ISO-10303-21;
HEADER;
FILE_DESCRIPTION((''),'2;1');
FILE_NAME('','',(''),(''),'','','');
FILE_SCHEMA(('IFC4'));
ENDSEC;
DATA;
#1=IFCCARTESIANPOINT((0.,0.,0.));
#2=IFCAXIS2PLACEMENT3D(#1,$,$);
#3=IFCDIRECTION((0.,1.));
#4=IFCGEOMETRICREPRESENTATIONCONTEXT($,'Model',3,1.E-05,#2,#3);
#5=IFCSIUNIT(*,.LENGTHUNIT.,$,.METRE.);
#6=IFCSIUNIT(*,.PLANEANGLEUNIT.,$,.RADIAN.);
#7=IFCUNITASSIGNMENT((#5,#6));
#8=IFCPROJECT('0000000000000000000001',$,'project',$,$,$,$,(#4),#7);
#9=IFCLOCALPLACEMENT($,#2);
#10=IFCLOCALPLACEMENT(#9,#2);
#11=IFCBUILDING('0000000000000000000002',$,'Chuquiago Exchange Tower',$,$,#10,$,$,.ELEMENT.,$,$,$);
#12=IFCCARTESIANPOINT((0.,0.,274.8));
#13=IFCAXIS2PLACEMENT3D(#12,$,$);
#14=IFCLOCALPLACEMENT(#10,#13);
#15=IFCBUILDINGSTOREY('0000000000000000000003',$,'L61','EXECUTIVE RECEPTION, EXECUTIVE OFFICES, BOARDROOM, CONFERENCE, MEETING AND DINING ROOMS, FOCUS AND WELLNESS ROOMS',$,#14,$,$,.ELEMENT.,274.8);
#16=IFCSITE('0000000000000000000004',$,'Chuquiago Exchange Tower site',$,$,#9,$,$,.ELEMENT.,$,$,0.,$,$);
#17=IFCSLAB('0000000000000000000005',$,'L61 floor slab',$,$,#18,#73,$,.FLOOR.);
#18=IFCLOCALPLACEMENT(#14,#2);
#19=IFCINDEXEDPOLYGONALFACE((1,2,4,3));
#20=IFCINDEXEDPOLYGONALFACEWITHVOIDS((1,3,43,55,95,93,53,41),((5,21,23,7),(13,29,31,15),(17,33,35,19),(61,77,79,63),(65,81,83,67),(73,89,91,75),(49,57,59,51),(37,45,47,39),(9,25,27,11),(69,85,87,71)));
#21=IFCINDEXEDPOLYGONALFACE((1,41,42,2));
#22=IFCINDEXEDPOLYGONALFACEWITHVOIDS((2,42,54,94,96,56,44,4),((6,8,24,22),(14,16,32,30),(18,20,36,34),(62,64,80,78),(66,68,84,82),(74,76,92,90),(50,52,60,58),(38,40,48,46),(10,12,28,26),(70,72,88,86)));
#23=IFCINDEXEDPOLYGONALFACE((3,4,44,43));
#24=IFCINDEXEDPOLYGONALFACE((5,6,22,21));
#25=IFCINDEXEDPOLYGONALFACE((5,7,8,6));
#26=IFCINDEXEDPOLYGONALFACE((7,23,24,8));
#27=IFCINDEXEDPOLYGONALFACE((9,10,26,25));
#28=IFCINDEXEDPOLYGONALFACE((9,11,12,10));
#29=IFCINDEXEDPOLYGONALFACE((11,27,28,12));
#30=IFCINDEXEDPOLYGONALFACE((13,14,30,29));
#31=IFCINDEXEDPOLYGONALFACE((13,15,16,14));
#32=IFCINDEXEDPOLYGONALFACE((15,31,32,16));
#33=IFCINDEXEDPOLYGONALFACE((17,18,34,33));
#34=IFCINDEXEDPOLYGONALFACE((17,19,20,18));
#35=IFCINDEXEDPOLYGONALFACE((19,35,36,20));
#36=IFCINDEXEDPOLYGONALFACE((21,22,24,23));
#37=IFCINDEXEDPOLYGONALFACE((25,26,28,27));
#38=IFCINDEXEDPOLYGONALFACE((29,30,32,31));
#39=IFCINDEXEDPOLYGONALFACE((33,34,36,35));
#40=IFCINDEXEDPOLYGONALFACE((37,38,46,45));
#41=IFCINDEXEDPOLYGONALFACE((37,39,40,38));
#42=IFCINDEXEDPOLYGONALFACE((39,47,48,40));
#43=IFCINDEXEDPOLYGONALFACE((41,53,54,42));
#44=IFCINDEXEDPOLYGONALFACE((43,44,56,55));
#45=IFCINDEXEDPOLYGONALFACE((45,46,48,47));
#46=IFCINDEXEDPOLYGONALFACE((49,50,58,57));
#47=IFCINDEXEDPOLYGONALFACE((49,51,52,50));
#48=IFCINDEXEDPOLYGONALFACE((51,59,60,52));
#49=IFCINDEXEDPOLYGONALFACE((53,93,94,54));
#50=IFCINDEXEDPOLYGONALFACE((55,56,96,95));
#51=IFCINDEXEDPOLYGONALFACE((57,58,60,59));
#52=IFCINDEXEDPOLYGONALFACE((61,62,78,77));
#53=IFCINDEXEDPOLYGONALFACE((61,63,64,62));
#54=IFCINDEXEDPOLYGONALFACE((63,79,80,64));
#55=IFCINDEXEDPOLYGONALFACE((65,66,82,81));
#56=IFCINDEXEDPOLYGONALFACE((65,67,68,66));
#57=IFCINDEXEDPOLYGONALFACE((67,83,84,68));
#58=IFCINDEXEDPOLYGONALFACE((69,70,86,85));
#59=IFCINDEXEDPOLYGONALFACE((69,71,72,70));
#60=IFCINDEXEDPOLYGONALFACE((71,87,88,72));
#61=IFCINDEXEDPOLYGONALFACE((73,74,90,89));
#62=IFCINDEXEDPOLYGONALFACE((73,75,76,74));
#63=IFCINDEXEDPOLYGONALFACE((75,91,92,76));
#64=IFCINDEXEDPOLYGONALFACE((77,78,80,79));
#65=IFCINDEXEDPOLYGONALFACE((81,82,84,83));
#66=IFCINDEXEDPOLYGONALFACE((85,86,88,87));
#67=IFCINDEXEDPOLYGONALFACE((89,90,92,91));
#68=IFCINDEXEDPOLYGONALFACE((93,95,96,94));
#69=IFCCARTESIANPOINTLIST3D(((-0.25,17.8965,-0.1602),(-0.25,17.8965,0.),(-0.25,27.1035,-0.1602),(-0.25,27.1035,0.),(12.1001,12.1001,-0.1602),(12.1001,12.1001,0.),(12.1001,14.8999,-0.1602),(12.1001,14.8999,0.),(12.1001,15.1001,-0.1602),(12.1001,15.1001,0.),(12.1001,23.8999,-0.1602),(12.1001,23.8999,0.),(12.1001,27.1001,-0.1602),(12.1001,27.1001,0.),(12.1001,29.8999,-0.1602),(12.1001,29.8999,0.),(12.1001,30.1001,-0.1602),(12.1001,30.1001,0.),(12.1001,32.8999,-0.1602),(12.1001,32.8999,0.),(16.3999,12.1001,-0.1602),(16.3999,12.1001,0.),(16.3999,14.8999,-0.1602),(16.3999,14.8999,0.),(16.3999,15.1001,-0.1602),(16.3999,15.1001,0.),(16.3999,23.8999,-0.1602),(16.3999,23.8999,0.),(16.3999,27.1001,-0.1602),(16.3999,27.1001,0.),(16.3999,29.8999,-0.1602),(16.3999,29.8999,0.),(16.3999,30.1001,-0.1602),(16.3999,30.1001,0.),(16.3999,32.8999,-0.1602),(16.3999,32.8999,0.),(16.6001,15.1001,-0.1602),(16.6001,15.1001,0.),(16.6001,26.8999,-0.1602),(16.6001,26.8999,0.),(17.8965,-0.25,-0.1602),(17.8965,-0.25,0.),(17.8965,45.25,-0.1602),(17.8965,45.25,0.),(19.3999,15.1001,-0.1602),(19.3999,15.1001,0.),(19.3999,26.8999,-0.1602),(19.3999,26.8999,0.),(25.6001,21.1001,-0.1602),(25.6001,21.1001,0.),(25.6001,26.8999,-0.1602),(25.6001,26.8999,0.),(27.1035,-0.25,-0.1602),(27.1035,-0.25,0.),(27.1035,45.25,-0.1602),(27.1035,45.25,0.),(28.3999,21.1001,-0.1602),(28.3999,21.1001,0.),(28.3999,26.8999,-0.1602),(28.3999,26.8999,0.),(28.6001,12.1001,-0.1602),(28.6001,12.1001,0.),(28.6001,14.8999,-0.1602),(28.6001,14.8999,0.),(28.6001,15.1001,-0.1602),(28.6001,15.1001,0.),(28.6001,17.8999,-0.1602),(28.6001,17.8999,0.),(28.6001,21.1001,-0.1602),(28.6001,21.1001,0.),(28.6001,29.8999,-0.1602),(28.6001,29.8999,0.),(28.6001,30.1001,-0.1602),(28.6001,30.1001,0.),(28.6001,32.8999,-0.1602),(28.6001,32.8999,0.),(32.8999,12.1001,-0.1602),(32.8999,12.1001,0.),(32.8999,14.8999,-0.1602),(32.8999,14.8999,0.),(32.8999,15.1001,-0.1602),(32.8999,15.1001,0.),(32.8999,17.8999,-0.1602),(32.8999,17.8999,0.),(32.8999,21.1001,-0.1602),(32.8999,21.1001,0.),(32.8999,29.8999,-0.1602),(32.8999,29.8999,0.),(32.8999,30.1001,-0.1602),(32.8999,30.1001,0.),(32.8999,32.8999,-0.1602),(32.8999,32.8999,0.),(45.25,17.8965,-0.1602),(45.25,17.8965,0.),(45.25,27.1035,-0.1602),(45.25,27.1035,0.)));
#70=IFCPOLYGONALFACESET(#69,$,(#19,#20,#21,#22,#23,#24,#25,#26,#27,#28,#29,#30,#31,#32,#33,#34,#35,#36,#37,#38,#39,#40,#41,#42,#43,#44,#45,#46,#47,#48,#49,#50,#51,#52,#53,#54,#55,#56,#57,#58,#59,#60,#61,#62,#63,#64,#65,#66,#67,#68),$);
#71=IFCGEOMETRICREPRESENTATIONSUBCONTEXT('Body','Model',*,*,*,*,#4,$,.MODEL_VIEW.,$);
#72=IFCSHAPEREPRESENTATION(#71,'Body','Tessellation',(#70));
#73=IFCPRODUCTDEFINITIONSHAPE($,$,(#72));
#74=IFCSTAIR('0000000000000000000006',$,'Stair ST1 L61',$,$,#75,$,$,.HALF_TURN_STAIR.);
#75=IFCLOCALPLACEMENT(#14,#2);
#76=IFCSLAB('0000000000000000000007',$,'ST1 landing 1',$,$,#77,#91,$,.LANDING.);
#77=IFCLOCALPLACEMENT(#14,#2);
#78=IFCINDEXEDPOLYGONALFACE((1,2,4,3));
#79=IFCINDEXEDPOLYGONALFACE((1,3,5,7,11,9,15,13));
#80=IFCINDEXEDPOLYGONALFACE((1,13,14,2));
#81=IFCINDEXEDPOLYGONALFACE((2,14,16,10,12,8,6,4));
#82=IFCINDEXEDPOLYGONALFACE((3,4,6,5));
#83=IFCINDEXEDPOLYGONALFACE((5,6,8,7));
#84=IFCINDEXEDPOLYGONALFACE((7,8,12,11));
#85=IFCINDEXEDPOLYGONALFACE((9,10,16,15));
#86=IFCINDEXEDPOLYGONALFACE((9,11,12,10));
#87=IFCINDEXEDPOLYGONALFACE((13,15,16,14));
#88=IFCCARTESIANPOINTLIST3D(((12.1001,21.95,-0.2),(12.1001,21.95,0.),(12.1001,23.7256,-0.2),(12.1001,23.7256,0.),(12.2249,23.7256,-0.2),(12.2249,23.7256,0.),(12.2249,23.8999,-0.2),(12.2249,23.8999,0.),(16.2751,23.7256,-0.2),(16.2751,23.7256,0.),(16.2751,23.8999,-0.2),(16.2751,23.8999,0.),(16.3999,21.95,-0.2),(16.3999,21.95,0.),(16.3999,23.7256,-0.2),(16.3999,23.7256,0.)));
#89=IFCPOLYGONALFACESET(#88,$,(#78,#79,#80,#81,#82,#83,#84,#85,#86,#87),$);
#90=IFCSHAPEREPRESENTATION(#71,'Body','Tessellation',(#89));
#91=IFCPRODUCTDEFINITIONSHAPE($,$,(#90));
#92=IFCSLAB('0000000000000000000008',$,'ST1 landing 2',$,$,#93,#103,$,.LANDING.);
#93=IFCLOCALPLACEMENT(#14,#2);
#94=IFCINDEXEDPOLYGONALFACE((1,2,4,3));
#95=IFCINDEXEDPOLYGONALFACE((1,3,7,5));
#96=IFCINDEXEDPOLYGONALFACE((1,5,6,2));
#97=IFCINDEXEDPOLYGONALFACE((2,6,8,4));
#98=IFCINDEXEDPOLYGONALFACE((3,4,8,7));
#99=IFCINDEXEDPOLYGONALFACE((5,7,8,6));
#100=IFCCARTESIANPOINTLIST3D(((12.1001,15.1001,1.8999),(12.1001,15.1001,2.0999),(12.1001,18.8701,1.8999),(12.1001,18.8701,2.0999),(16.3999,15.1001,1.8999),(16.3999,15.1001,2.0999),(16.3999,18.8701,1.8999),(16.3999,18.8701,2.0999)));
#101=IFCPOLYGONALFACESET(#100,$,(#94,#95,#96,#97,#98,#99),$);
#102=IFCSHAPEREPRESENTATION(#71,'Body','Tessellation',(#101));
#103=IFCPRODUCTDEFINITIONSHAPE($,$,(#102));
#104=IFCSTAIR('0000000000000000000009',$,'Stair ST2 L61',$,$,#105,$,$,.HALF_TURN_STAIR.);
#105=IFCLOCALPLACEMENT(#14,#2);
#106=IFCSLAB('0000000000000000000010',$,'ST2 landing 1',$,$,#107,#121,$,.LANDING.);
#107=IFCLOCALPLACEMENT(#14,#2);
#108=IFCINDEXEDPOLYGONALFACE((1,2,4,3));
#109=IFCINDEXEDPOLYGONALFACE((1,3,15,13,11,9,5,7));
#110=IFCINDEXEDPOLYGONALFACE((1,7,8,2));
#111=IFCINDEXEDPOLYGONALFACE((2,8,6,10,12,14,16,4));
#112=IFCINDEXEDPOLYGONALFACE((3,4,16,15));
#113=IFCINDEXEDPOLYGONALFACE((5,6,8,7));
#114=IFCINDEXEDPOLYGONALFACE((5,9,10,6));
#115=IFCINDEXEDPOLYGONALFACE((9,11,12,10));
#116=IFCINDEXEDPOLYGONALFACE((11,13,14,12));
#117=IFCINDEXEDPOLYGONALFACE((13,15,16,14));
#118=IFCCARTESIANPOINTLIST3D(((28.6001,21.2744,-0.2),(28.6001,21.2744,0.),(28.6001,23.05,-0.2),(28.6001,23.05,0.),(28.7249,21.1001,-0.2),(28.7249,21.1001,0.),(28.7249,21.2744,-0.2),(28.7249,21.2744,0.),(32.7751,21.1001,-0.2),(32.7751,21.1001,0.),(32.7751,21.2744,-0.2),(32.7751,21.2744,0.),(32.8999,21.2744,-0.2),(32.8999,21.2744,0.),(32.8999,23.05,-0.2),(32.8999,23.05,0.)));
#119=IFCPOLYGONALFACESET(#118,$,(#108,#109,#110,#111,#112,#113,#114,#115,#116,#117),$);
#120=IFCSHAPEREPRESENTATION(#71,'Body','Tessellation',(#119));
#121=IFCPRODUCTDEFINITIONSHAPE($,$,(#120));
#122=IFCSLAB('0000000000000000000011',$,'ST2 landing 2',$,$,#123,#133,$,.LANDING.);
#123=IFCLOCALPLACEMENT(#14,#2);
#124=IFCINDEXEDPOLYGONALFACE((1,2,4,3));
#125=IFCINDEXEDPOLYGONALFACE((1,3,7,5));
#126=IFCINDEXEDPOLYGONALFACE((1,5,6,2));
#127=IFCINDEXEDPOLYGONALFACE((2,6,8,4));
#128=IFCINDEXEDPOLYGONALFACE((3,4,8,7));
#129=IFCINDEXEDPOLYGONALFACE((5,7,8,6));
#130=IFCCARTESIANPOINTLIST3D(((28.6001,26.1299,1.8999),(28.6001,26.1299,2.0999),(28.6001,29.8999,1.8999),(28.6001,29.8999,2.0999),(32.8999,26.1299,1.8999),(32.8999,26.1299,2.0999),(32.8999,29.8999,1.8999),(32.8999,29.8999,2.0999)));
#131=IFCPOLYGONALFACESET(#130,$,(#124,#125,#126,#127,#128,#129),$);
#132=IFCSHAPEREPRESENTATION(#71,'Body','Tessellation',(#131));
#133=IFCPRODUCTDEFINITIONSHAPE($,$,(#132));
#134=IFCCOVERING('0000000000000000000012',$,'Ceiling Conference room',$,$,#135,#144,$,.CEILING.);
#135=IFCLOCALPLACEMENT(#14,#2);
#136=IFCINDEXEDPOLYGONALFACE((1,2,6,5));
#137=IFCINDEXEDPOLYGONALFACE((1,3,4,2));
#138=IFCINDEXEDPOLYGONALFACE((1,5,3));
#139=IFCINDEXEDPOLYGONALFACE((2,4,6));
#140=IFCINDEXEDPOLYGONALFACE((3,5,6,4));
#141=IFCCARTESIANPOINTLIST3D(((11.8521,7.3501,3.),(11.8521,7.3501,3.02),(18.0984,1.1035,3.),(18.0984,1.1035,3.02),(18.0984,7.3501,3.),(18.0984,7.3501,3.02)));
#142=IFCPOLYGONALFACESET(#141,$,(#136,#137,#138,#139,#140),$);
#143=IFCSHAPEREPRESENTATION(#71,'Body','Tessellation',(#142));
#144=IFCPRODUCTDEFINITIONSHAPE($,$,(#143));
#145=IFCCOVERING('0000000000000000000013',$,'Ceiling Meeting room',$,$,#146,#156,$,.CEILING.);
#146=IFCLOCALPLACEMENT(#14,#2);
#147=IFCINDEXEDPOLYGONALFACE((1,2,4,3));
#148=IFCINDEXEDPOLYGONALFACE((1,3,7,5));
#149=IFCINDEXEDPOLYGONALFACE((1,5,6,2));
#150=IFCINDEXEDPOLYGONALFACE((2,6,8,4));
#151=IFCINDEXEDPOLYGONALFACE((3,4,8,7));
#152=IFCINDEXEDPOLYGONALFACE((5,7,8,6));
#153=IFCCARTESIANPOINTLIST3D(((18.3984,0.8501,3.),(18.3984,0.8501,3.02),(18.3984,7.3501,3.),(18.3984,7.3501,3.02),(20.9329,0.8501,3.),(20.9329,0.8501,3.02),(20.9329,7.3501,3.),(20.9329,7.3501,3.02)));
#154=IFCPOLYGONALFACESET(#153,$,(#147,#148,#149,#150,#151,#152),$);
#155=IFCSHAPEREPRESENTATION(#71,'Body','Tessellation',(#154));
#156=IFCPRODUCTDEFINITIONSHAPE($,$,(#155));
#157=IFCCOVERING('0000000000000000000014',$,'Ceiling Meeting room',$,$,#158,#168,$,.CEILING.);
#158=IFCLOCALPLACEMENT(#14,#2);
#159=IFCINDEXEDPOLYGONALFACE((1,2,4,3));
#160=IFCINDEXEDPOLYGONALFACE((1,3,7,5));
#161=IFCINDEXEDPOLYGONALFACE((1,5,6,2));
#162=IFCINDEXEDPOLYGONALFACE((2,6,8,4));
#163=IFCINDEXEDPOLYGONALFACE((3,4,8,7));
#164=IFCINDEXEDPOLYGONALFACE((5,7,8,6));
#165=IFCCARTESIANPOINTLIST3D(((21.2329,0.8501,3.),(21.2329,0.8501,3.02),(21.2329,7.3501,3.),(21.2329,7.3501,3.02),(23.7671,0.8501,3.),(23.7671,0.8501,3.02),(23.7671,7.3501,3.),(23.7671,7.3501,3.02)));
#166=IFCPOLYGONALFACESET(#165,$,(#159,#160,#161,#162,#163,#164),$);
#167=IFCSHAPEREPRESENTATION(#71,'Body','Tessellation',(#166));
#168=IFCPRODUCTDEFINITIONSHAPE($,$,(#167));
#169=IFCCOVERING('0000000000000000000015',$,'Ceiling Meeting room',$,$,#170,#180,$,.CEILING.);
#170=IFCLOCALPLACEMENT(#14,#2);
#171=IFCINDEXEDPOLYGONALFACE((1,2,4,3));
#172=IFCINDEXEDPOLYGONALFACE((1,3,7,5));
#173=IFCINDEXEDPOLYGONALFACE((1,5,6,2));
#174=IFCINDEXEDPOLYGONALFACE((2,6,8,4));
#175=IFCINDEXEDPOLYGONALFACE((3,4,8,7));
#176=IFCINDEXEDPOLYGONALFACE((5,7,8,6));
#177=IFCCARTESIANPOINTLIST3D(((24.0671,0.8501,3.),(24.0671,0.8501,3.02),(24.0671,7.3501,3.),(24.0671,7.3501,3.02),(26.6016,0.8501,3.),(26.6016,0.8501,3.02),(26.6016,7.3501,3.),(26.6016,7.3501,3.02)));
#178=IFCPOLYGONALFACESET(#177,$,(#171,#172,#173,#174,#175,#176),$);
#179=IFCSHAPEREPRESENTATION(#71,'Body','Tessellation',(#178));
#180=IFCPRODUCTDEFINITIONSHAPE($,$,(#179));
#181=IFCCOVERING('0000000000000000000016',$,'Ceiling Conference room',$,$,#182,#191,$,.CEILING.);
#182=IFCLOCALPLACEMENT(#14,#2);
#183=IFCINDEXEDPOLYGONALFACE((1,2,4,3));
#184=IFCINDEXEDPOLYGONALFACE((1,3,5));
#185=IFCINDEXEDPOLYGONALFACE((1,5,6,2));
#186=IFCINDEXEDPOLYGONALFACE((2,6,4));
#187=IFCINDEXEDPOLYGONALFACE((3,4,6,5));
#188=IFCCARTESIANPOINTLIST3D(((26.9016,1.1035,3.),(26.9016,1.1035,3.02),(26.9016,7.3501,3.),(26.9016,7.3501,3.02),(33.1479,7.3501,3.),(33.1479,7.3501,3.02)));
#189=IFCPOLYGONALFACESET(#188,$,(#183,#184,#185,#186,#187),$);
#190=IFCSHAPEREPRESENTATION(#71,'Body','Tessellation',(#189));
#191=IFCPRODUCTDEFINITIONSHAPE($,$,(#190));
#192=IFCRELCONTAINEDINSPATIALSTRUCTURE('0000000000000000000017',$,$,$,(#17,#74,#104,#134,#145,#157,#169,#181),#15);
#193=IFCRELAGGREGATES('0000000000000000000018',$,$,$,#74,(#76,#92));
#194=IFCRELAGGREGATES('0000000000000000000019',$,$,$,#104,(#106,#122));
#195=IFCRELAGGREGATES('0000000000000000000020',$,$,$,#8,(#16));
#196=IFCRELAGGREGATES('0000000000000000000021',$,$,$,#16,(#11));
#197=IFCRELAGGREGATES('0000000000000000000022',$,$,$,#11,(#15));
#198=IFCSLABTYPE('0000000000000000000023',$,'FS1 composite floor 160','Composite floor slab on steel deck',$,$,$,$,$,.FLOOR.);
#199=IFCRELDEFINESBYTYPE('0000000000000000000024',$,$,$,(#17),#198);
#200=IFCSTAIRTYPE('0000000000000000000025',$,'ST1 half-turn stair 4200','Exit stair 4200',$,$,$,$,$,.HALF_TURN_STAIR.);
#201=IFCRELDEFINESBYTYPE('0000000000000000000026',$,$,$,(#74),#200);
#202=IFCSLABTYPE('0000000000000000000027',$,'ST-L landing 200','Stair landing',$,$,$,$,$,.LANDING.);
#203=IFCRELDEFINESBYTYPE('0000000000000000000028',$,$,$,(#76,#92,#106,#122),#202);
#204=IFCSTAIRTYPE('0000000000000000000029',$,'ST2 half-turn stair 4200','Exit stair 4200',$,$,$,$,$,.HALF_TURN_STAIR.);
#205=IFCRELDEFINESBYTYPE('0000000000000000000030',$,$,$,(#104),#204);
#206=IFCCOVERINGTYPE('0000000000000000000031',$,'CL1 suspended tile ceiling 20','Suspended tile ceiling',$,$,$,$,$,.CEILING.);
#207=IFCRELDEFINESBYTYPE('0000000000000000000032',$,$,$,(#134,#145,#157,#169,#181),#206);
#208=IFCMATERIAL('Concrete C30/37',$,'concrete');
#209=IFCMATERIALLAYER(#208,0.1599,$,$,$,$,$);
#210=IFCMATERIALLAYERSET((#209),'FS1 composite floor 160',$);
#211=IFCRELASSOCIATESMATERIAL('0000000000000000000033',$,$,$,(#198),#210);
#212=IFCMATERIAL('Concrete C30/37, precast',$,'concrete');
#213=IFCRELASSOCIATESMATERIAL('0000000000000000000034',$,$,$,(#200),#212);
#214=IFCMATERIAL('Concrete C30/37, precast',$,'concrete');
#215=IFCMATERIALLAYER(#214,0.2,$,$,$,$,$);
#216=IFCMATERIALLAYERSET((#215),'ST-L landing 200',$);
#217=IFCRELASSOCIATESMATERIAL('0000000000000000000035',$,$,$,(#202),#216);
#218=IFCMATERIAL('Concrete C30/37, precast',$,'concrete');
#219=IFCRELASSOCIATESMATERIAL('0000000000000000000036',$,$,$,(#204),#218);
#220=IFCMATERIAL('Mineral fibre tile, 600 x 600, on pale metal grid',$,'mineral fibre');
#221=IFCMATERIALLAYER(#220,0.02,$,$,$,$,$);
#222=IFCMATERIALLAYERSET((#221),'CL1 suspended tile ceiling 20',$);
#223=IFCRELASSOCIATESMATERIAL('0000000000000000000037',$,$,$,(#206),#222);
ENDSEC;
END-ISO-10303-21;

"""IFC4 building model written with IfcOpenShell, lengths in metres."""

from ifc_helpers import new_model, si_unit, direction, frame, origin, place, context, subcontext, project, spatial, polyline, outline, extrude, material, layer, layer_set, type_object, element, aggregate, save


model = new_model("IFC4")

# Units and contexts
model_context = context("Model", 3, precision=1e-05, world=origin(), true_north=direction((0.0, 1.0)))
body_context = subcontext(model_context, "Body", "Model", "MODEL_VIEW")
ifc_project = project(units=[si_unit("LENGTHUNIT", "METRE"), si_unit("PLANEANGLEUNIT", "RADIAN")], contexts=[model_context])

# Site, building, storey
site_placement = place(None, origin())
site = spatial("IfcSite", under=ifc_project, at=site_placement, Name="Chuquiago Exchange Tower site", CompositionType="ELEMENT", RefElevation=0.0)
building_placement = place(site_placement, origin())
building = spatial("IfcBuilding", under=site, at=building_placement, Name="Chuquiago Exchange Tower", CompositionType="ELEMENT")
storey_placement = place(building_placement, frame((0.0, 0.0, 274.8)))
storey = spatial("IfcBuildingStorey", under=building, at=storey_placement, Name="L61", Description="EXECUTIVE RECEPTION, EXECUTIVE OFFICES, BOARDROOM, CONFERENCE, MEETING AND DINING ROOMS, FOCUS AND WELLNESS ROOMS", CompositionType="ELEMENT", Elevation=274.8)

# Slab
ifc_material_1 = material(Name="Concrete C30/37", Category="concrete")
ifc_layer_1 = layer(ifc_material_1, 0.1599)
ifc_layer_set_1 = layer_set([ifc_layer_1], Name="FS1 composite floor 160")
slab_type_1 = type_object("IfcSlabType", Name="FS1 composite floor 160", Description="Composite floor slab on steel deck", PredefinedType="FLOOR", material=ifc_layer_set_1)
slab_1_placement = place(storey_placement, frame((0.0, 0.0, -0.1602)))
element("IfcSlab", 1, at=slab_1_placement, inside=storey, type_object=slab_type_1, Name="L61 floor slab", PredefinedType="FLOOR", context=body_context, shape_type="SweptSolid", body=[
    extrude(outline(polyline([(17.8965, -0.25), (-0.25, 17.8965), (-0.25, 27.1035), (17.8965, 45.25), (27.1035, 45.25), (45.25, 27.1035), (45.25, 17.8965), (27.1035, -0.25), (17.8965, -0.25)]), holes=[polyline([(16.3999, 15.1001), (12.1001, 15.1001), (12.1001, 23.8999), (16.3999, 23.8999), (16.3999, 15.1001)]), polyline([(32.8999, 21.1001), (28.6001, 21.1001), (28.6001, 29.8999), (32.8999, 29.8999), (32.8999, 21.1001)]), polyline([(16.3999, 12.1001), (12.1001, 12.1001), (12.1001, 14.8999), (16.3999, 14.8999), (16.3999, 12.1001)]), polyline([(16.3999, 30.1001), (12.1001, 30.1001), (12.1001, 32.8999), (16.3999, 32.8999), (16.3999, 30.1001)]), polyline([(32.8999, 12.1001), (28.6001, 12.1001), (28.6001, 14.8999), (32.8999, 14.8999), (32.8999, 12.1001)]), polyline([(32.8999, 30.1001), (28.6001, 30.1001), (28.6001, 32.8999), (32.8999, 32.8999), (32.8999, 30.1001)]), polyline([(16.3999, 27.1001), (12.1001, 27.1001), (12.1001, 29.8999), (16.3999, 29.8999), (16.3999, 27.1001)]), polyline([(32.8999, 15.1001), (28.6001, 15.1001), (28.6001, 17.8999), (32.8999, 17.8999), (32.8999, 15.1001)]), polyline([(19.3999, 15.1001), (16.6001, 15.1001), (16.6001, 26.8999), (19.3999, 26.8999), (19.3999, 15.1001)]), polyline([(28.3999, 21.1001), (25.6001, 21.1001), (25.6001, 26.8999), (28.3999, 26.8999), (28.3999, 21.1001)])]), origin(), (0.0, 0.0, 1.0), 0.1602),
])

# Stairs, slabs
ifc_material_2 = material(Name="Concrete C30/37, precast", Category="concrete")
stair_type_1 = type_object("IfcStairType", Name="ST1 half-turn stair 4200", Description="Exit stair 4200", PredefinedType="HALF_TURN_STAIR", material=ifc_material_2)
stair_1_placement = place(storey_placement, origin())
stair_1 = element("IfcStair", 2, at=stair_1_placement, inside=storey, type_object=stair_type_1, Name="Stair ST1 L61", PredefinedType="HALF_TURN_STAIR")
ifc_material_3 = material(Name="Concrete C30/37, precast", Category="concrete")
ifc_layer_2 = layer(ifc_material_3, 0.2)
ifc_layer_set_2 = layer_set([ifc_layer_2], Name="ST-L landing 200")
slab_type_2 = type_object("IfcSlabType", Name="ST-L landing 200", Description="Stair landing", PredefinedType="LANDING", material=ifc_layer_set_2)
slab_2_placement = place(storey_placement, frame((0.0, 0.0, -0.2)))
slab_2 = element("IfcSlab", 3, at=slab_2_placement, type_object=slab_type_2, Name="ST1 landing 1", PredefinedType="LANDING", context=body_context, shape_type="SweptSolid", body=[
    extrude(outline(polyline([(12.2249, 23.8999), (16.2751, 23.8999), (16.2751, 23.7256), (16.3999, 23.7256), (16.3999, 21.95), (12.1001, 21.95), (12.1001, 23.7256), (12.2249, 23.7256), (12.2249, 23.8999)])), origin(), (0.0, 0.0, 1.0), 0.2),
])
slab_3_placement = place(storey_placement, frame((0.0, 0.0, 1.8999)))
slab_3 = element("IfcSlab", 4, at=slab_3_placement, type_object=slab_type_2, Name="ST1 landing 2", PredefinedType="LANDING", context=body_context, shape_type="SweptSolid", body=[
    extrude(outline(polyline([(12.1001, 18.8701), (16.3999, 18.8701), (16.3999, 15.1001), (12.1001, 15.1001), (12.1001, 18.8701)])), origin(), (0.0, 0.0, 1.0), 0.2),
])
aggregate(stair_1, [slab_2, slab_3])
ifc_material_4 = material(Name="Concrete C30/37, precast", Category="concrete")
stair_type_2 = type_object("IfcStairType", Name="ST2 half-turn stair 4200", Description="Exit stair 4200", PredefinedType="HALF_TURN_STAIR", material=ifc_material_4)
stair_2_placement = place(storey_placement, origin())
stair_2 = element("IfcStair", 5, at=stair_2_placement, inside=storey, type_object=stair_type_2, Name="Stair ST2 L61", PredefinedType="HALF_TURN_STAIR")
slab_4_placement = place(storey_placement, frame((0.0, 0.0, -0.2)))
slab_4 = element("IfcSlab", 6, at=slab_4_placement, type_object=slab_type_2, Name="ST2 landing 1", PredefinedType="LANDING", context=body_context, shape_type="SweptSolid", body=[
    extrude(outline(polyline([(32.7751, 21.2744), (32.7751, 21.1001), (28.7249, 21.1001), (28.7249, 21.2744), (28.6001, 21.2744), (28.6001, 23.05), (32.8999, 23.05), (32.8999, 21.2744), (32.7751, 21.2744)])), origin(), (0.0, 0.0, 1.0), 0.2),
])
slab_5_placement = place(storey_placement, frame((0.0, 0.0, 1.8999)))
slab_5 = element("IfcSlab", 7, at=slab_5_placement, type_object=slab_type_2, Name="ST2 landing 2", PredefinedType="LANDING", context=body_context, shape_type="SweptSolid", body=[
    extrude(outline(polyline([(28.6001, 29.8999), (32.8999, 29.8999), (32.8999, 26.1299), (28.6001, 26.1299), (28.6001, 29.8999)])), origin(), (0.0, 0.0, 1.0), 0.2),
])
aggregate(stair_2, [slab_4, slab_5])

# Coverings
ifc_material_5 = material(Name="Mineral fibre tile, 600 x 600, on pale metal grid", Category="mineral fibre")
ifc_layer_3 = layer(ifc_material_5, 0.02)
ifc_layer_set_3 = layer_set([ifc_layer_3], Name="CL1 suspended tile ceiling 20")
covering_type_1 = type_object("IfcCoveringType", Name="CL1 suspended tile ceiling 20", Description="Suspended tile ceiling", PredefinedType="CEILING", material=ifc_layer_set_3)
covering_1_placement = place(storey_placement, frame((0.0, 0.0, 3.0)))
element("IfcCovering", 8, at=covering_1_placement, inside=storey, type_object=covering_type_1, Name="Ceiling Conference room", PredefinedType="CEILING", context=body_context, shape_type="SweptSolid", body=[
    extrude(outline(polyline([(18.0984, 7.3501), (18.0984, 1.1035), (11.8521, 7.3501), (18.0984, 7.3501)])), origin(), (0.0, 0.0, 1.0), 0.02),
])
covering_2_placement = place(storey_placement, frame((0.0, 0.0, 3.0)))
element("IfcCovering", 9, at=covering_2_placement, inside=storey, type_object=covering_type_1, Name="Ceiling Meeting room", PredefinedType="CEILING", context=body_context, shape_type="SweptSolid", body=[
    extrude(outline(polyline([(18.3984, 7.3501), (20.9329, 7.3501), (20.9329, 0.8501), (18.3984, 0.8501), (18.3984, 7.3501)])), origin(), (0.0, 0.0, 1.0), 0.02),
])
covering_3_placement = place(storey_placement, frame((0.0, 0.0, 3.0)))
element("IfcCovering", 10, at=covering_3_placement, inside=storey, type_object=covering_type_1, Name="Ceiling Meeting room", PredefinedType="CEILING", context=body_context, shape_type="SweptSolid", body=[
    extrude(outline(polyline([(21.2329, 7.3501), (23.7671, 7.3501), (23.7671, 0.8501), (21.2329, 0.8501), (21.2329, 7.3501)])), origin(), (0.0, 0.0, 1.0), 0.02),
])
covering_4_placement = place(storey_placement, frame((0.0, 0.0, 3.0)))
element("IfcCovering", 11, at=covering_4_placement, inside=storey, type_object=covering_type_1, Name="Ceiling Meeting room", PredefinedType="CEILING", context=body_context, shape_type="SweptSolid", body=[
    extrude(outline(polyline([(24.0671, 0.8501), (24.0671, 7.3501), (26.6016, 7.3501), (26.6016, 0.8501), (24.0671, 0.8501)])), origin(), (0.0, 0.0, 1.0), 0.02),
])
covering_5_placement = place(storey_placement, frame((0.0, 0.0, 3.0)))
element("IfcCovering", 12, at=covering_5_placement, inside=storey, type_object=covering_type_1, Name="Ceiling Conference room", PredefinedType="CEILING", context=body_context, shape_type="SweptSolid", body=[
    extrude(outline(polyline([(26.9016, 7.3501), (33.1479, 7.3501), (26.9016, 1.1035), (26.9016, 7.3501)])), origin(), (0.0, 0.0, 1.0), 0.02),
])

save(model, "model.ifc")
